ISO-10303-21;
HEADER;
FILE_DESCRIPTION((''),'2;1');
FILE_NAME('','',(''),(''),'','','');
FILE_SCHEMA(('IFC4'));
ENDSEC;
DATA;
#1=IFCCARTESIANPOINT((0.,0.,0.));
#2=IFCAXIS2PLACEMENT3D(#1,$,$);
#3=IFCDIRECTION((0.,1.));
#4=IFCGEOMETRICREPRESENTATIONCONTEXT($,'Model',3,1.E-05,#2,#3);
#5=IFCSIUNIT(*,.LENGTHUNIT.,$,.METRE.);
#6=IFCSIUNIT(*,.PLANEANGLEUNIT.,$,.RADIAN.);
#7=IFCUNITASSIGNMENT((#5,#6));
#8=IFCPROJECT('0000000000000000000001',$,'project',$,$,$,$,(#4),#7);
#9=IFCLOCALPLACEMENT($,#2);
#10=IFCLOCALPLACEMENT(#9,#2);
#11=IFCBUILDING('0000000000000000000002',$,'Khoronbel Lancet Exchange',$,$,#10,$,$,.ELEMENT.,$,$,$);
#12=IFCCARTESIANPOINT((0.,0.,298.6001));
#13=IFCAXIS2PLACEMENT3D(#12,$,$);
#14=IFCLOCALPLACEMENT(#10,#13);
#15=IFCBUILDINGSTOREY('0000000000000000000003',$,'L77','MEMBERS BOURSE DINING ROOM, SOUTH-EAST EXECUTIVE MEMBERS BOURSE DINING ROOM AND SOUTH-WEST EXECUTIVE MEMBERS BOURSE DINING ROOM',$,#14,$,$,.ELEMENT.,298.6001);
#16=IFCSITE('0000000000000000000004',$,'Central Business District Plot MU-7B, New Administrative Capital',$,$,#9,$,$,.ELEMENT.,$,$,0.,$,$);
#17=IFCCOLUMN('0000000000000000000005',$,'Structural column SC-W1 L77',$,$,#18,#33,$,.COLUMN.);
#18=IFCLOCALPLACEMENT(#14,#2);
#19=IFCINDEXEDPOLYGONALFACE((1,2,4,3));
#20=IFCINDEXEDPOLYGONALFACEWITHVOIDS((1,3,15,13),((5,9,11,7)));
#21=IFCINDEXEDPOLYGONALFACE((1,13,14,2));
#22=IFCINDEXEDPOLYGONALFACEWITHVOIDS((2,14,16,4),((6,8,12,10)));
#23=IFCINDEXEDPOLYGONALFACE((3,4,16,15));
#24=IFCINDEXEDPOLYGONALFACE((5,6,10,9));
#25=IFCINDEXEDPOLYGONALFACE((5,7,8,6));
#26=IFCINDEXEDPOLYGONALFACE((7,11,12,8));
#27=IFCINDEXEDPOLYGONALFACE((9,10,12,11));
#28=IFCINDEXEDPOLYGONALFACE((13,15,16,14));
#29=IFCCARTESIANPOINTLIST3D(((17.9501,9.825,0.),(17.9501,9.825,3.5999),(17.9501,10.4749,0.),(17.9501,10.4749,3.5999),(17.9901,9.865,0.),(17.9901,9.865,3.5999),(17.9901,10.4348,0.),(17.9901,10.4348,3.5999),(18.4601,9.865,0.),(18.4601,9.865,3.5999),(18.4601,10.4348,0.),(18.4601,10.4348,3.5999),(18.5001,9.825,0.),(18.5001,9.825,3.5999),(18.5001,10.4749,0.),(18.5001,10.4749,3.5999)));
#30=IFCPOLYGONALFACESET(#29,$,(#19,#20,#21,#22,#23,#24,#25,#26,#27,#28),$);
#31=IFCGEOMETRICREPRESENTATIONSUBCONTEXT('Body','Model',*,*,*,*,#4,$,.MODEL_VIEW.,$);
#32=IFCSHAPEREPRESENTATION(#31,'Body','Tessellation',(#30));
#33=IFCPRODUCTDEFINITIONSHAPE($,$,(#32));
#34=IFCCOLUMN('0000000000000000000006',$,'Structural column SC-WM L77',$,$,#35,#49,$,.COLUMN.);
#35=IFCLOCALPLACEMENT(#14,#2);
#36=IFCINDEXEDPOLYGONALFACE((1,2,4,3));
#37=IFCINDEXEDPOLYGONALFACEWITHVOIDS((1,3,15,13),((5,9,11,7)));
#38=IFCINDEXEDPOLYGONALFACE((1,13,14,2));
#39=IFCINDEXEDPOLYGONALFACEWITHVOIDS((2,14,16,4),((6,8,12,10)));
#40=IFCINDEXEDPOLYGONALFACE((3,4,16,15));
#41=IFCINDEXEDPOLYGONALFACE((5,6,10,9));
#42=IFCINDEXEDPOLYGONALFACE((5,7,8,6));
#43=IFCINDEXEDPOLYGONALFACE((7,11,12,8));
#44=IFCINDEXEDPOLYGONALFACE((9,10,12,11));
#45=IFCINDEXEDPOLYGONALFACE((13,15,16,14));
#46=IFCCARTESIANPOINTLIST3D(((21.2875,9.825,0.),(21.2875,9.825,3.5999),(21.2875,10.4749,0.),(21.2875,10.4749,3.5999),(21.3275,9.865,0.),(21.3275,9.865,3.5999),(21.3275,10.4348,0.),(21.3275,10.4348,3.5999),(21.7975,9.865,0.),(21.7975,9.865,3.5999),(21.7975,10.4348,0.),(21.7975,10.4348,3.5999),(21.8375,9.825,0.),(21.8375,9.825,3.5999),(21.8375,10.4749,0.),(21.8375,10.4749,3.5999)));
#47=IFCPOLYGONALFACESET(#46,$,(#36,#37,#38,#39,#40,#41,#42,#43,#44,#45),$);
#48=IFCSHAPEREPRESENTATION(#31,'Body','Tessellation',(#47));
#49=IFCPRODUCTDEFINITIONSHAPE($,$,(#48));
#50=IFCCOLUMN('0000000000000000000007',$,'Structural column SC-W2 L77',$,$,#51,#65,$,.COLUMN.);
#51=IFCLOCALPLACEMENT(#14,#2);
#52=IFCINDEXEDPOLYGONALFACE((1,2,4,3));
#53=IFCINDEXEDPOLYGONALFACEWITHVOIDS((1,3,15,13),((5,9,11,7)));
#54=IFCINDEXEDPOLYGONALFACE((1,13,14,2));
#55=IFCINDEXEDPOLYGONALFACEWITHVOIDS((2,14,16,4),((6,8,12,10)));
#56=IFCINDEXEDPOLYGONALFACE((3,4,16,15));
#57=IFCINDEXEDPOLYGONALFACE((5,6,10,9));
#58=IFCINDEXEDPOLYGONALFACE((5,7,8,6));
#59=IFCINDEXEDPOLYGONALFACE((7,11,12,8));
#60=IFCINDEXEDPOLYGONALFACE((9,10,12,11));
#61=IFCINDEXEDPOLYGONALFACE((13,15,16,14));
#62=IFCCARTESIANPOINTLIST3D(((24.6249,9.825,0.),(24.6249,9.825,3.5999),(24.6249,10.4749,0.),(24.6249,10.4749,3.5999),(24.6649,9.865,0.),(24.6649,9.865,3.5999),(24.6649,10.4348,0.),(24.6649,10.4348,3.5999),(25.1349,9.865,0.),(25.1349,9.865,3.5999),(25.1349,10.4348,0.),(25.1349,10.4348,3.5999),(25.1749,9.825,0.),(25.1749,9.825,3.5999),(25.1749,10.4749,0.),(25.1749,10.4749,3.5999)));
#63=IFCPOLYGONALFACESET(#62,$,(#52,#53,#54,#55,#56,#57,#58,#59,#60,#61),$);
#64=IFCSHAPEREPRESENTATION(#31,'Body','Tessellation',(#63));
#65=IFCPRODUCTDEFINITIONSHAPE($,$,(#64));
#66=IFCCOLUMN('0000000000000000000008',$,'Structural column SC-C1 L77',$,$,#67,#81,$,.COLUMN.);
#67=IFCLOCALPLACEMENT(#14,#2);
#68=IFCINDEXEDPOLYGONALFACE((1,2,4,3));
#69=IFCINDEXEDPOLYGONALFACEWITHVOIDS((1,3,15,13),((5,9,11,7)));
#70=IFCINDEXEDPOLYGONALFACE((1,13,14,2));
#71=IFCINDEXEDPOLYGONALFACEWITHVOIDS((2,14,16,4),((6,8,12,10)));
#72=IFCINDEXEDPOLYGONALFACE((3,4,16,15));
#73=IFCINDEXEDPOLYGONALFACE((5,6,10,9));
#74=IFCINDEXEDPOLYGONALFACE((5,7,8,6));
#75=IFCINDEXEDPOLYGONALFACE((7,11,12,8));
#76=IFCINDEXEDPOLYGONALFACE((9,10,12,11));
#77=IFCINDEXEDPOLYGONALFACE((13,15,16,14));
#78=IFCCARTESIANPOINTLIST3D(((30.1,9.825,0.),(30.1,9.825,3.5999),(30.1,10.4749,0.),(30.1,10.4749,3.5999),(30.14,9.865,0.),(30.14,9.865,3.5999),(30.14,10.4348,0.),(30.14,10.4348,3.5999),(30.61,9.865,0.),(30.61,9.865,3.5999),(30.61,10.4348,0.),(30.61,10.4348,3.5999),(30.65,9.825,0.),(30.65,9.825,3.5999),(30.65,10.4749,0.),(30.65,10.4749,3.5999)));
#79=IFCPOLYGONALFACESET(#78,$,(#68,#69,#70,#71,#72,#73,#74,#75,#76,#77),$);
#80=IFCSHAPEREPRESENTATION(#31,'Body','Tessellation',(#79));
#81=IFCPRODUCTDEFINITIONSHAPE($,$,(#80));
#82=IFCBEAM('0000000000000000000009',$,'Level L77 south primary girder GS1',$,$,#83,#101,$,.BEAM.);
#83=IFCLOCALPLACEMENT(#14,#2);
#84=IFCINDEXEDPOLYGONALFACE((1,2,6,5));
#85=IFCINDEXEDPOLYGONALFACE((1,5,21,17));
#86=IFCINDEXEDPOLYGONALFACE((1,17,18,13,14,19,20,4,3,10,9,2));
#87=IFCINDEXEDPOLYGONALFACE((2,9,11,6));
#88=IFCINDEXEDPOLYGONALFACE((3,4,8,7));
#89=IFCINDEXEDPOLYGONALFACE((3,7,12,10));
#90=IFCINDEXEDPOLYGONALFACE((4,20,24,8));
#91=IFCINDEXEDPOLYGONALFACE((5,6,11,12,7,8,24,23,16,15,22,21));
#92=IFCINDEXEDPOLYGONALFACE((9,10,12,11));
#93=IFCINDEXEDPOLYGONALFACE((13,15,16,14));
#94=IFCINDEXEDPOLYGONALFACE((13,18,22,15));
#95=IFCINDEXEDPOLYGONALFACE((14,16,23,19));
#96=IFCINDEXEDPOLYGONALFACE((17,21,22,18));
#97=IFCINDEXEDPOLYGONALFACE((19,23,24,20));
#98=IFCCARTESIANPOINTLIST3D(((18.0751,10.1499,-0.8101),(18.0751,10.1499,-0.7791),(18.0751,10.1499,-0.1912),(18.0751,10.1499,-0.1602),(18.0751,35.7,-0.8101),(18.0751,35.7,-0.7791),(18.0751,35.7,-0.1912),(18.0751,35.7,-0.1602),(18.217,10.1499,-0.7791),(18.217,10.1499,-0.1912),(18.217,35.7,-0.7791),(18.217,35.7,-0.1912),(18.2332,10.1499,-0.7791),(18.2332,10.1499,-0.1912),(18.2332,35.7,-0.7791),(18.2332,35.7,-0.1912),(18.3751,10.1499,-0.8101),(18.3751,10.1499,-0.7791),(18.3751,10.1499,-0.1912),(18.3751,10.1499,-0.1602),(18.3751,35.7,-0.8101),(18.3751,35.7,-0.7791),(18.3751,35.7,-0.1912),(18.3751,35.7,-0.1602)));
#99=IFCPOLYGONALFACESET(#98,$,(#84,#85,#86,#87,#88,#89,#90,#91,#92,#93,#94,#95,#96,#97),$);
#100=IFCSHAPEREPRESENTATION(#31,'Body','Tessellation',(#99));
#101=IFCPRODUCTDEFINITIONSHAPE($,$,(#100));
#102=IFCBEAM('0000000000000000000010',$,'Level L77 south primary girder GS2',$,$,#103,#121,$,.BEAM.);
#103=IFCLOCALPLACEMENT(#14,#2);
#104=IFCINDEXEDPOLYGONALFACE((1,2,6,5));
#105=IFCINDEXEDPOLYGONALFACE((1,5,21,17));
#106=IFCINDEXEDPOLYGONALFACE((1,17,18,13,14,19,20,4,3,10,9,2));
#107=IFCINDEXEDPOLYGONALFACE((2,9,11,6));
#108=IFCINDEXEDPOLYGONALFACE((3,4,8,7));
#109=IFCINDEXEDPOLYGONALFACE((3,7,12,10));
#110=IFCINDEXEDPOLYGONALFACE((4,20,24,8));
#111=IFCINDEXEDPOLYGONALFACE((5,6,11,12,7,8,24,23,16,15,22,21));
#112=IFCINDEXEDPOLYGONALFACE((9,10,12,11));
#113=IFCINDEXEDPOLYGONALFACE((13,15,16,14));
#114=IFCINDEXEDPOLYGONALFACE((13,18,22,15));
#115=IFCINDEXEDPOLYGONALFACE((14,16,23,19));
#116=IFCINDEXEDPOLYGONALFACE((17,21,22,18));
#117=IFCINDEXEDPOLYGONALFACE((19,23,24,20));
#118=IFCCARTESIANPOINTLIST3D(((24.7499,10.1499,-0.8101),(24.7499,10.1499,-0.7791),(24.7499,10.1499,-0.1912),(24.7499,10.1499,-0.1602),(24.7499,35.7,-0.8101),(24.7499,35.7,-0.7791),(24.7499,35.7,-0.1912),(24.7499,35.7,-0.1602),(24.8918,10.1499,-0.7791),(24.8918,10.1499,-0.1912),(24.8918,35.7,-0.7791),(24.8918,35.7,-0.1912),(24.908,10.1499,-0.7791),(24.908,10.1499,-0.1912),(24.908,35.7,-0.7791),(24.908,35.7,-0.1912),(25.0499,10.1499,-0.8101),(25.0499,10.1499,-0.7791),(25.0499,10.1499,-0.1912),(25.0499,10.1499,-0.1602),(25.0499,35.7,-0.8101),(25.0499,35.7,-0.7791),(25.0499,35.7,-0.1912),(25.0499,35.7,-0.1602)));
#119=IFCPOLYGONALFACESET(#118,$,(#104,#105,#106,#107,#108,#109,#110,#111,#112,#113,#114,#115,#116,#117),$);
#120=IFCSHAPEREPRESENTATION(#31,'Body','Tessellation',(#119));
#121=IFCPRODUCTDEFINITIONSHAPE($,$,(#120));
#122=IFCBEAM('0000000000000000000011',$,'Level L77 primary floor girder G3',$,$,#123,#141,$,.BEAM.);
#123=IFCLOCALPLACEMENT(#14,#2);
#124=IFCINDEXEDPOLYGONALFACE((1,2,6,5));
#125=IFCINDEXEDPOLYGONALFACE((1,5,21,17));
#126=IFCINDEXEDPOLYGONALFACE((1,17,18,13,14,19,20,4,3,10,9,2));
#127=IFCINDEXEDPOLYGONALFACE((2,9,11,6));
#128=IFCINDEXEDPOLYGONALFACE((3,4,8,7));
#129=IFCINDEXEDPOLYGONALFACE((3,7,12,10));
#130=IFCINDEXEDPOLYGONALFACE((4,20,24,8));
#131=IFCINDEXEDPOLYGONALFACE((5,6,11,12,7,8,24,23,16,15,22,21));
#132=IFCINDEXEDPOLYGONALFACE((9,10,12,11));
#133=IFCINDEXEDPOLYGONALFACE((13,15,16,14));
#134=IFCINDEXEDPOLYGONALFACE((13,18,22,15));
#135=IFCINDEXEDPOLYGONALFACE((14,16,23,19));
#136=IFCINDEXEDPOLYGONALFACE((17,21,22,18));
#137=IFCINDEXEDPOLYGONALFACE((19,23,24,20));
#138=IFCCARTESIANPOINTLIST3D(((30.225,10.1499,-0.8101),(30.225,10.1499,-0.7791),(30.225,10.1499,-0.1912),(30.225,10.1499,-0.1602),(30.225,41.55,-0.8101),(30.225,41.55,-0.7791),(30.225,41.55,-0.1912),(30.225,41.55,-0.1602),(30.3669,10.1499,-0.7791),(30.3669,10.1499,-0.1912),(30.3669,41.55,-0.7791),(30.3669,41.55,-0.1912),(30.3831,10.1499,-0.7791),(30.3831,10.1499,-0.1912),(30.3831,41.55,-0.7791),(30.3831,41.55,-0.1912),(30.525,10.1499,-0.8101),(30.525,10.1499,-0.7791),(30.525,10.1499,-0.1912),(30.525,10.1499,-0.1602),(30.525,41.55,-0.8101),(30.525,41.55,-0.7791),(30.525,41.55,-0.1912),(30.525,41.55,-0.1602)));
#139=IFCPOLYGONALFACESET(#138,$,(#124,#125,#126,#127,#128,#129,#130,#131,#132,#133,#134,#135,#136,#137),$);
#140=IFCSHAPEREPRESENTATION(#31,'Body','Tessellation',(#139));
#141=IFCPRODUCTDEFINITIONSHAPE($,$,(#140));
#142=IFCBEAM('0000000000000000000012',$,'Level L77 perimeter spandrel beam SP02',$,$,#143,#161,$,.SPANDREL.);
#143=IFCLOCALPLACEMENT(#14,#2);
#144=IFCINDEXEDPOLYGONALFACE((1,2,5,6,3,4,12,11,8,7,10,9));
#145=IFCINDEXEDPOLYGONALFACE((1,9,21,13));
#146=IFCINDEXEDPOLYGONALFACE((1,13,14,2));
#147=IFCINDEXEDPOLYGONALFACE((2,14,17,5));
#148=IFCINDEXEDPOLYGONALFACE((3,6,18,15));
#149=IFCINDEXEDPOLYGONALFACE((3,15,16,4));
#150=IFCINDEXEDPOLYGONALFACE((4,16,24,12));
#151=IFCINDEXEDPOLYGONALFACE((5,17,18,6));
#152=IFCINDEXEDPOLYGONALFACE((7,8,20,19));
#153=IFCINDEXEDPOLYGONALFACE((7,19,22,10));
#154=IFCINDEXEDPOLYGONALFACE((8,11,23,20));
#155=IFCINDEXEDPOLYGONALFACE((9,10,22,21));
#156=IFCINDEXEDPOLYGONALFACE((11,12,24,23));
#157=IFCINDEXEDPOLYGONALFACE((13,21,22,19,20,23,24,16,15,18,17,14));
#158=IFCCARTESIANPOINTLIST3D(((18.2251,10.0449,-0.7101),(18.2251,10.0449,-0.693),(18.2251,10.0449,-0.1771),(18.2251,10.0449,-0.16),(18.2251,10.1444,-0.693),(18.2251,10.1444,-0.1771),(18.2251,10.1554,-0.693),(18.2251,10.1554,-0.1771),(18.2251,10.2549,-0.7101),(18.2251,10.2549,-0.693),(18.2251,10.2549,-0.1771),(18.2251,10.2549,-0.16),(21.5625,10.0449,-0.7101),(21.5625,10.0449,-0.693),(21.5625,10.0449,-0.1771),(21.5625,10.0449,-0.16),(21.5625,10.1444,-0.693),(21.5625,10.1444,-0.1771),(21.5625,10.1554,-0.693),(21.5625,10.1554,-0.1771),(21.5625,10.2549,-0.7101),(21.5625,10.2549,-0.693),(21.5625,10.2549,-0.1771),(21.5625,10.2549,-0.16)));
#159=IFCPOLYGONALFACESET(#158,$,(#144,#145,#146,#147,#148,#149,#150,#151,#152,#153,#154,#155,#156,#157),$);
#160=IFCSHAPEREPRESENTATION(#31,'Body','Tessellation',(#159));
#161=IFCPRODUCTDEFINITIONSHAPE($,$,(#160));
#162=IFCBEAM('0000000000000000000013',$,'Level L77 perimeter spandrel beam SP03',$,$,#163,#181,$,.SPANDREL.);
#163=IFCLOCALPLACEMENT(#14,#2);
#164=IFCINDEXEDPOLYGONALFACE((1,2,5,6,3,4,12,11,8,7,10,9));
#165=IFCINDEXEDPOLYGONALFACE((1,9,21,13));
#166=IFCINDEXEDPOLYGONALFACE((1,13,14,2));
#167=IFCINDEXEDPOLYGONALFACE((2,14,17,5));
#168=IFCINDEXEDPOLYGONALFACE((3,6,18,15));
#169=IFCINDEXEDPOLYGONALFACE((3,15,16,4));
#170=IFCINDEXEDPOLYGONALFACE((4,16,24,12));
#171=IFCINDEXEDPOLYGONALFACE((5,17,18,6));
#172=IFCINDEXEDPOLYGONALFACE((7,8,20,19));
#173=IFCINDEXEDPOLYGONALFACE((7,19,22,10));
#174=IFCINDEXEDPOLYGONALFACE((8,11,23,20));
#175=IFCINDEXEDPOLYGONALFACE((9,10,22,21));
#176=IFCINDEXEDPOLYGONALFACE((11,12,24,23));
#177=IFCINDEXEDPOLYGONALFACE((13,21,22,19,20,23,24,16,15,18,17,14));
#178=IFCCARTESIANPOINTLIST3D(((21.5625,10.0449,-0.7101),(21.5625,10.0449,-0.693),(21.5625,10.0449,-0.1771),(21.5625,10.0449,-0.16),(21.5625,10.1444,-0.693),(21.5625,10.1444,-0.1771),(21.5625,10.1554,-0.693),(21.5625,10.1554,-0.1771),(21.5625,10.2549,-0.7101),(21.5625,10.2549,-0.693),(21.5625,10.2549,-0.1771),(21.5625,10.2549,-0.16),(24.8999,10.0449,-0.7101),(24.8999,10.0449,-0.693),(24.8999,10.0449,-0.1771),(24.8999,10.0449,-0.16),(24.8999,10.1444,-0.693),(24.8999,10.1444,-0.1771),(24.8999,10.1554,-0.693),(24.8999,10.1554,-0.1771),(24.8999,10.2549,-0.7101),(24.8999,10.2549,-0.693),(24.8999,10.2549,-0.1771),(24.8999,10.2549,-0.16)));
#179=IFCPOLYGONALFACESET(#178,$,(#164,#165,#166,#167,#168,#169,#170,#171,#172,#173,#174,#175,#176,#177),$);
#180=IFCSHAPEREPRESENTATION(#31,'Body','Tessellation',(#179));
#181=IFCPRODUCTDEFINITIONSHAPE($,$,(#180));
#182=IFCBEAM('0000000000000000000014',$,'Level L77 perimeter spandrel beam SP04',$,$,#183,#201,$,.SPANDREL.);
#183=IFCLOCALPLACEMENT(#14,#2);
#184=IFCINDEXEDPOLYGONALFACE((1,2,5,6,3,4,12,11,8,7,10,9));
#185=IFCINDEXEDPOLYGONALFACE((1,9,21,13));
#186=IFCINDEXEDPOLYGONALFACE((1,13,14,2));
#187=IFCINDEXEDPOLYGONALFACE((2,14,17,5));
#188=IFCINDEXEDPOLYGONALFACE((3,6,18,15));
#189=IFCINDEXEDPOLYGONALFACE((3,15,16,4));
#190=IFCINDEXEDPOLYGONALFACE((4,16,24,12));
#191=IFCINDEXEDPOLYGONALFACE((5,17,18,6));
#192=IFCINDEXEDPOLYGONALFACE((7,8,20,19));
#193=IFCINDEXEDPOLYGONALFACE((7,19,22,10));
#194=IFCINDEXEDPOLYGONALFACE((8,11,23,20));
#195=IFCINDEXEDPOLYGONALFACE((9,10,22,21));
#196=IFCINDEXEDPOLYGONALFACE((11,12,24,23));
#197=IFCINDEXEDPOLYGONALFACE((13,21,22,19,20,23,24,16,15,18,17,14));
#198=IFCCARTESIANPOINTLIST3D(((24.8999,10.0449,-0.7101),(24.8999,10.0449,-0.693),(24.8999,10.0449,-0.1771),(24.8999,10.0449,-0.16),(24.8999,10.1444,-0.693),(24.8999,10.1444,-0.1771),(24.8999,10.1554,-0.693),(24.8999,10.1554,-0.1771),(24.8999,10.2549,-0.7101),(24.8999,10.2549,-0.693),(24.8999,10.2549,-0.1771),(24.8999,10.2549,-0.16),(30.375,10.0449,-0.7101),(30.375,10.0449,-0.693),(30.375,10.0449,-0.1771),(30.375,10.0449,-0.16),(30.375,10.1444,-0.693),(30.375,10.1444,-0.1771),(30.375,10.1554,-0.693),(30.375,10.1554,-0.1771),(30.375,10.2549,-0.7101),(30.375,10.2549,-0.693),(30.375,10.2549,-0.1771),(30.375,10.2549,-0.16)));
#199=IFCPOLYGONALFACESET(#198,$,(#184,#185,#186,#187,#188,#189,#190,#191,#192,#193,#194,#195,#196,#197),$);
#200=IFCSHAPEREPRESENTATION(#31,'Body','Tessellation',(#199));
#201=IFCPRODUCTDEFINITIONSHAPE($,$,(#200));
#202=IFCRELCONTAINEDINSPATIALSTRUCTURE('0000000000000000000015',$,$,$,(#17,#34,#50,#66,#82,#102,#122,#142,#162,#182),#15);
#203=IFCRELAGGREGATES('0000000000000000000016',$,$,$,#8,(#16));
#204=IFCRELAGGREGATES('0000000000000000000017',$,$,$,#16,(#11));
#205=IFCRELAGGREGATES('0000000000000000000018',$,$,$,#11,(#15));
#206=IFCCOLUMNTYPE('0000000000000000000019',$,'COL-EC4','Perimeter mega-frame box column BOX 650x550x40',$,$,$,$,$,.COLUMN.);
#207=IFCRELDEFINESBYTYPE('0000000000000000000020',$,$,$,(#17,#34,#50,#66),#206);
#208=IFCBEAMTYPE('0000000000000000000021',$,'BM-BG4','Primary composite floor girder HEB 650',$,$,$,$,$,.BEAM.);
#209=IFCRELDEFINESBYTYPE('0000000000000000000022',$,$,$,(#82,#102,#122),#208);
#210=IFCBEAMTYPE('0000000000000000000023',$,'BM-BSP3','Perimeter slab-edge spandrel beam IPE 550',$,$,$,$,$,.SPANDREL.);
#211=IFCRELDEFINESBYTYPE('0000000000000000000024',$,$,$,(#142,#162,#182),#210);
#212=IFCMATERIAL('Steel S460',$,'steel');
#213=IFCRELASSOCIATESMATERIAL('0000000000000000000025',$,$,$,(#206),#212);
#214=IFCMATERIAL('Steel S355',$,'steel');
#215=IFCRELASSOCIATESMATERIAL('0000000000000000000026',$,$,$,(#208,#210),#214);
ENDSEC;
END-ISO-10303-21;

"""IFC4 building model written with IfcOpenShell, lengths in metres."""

from ifc_helpers import new_model, si_unit, direction, frame, origin, origin_2d, place, context, subcontext, project, spatial, hollow_rectangle, i_section, extrude, material, material_profile, profile_set, type_object, element, save


model = new_model("IFC4")

# Units and contexts
model_context = context("Model", 3, precision=1e-05, world=origin(), true_north=direction((0.0, 1.0)))
body_context = subcontext(model_context, "Body", "Model", "MODEL_VIEW")
ifc_project = project(units=[si_unit("LENGTHUNIT", "METRE"), si_unit("PLANEANGLEUNIT", "RADIAN")], contexts=[model_context])

# Site, building, storey
site_placement = place(None, origin())
site = spatial("IfcSite", under=ifc_project, at=site_placement, Name="Central Business District Plot MU-7B, New Administrative Capital", CompositionType="ELEMENT", RefElevation=0.0)
building_placement = place(site_placement, origin())
building = spatial("IfcBuilding", under=site, at=building_placement, Name="Khoronbel Lancet Exchange", CompositionType="ELEMENT")
storey_placement = place(building_placement, frame((0.0, 0.0, 298.6001)))
storey = spatial("IfcBuildingStorey", under=building, at=storey_placement, Name="L77", Description="MEMBERS BOURSE DINING ROOM, SOUTH-EAST EXECUTIVE MEMBERS BOURSE DINING ROOM AND SOUTH-WEST EXECUTIVE MEMBERS BOURSE DINING ROOM", CompositionType="ELEMENT", Elevation=298.6001)

# Columns
ifc_material_1 = material(Name="Steel S460", Category="steel")
ifc_material_profile_1 = material_profile(ifc_material_1, hollow_rectangle(XDim=0.55, YDim=0.6499, WallThickness=0.04, at=origin_2d()), Name="BOX 650x550x40")
ifc_profile_set_1 = profile_set([ifc_material_profile_1], Name="Steel S460")
column_type = type_object("IfcColumnType", Name="COL-EC4", Description="Perimeter mega-frame box column BOX 650x550x40", PredefinedType="COLUMN", material=ifc_profile_set_1)
for number, where, z_axis, x_axis, name in (
    (1, (18.2251, 10.1499, 0.0), (0.0, 0.0, 1.0), (1.0, 0.0, 0.0), "Structural column SC-W1 L77"),
    (2, (21.5625, 10.1499, 0.0), (0.0, 0.0, 1.0), (1.0, 0.0, 0.0), "Structural column SC-WM L77"),
    (3, (24.8999, 10.1499, 0.0), (0.0, 0.0, 1.0), (1.0, 0.0, 0.0), "Structural column SC-W2 L77"),
    (4, (30.375, 10.1499, 0.0), (0.0, 0.0, 1.0), (1.0, 0.0, 0.0), "Structural column SC-C1 L77"),
):
    element("IfcColumn", number, at=place(storey_placement, frame(where, z_axis=z_axis, x_axis=x_axis)), inside=storey, type_object=column_type, Name=name, PredefinedType="COLUMN", context=body_context, shape_type="SweptSolid", body=[
        extrude(hollow_rectangle(XDim=0.55, YDim=0.6499, WallThickness=0.04, at=origin_2d()), origin(), (0.0, 0.0, 1.0), 3.5999),
    ])

# Beams
ifc_material_2 = material(Name="Steel S355", Category="steel")
ifc_material_profile_2 = material_profile(ifc_material_2, i_section(OverallWidth=0.3, OverallDepth=0.6499, WebThickness=0.0161, FlangeThickness=0.031, at=origin_2d()), Name="HEB 650")
ifc_profile_set_2 = profile_set([ifc_material_profile_2], Name="Steel S355")
beam_type_1 = type_object("IfcBeamType", Name="BM-BG4", Description="Primary composite floor girder HEB 650", PredefinedType="BEAM", material=ifc_profile_set_2)
for number, where, z_axis, x_axis, name in (
    (5, (18.2251, 10.1499, -0.4851), (0.0, 1.0, 0.0), (-1.0, 0.0, 0.0), "Level L77 south primary girder GS1"),
    (6, (24.8999, 10.1499, -0.4851), (0.0, 1.0, 0.0), (-1.0, 0.0, 0.0), "Level L77 south primary girder GS2"),
):
    element("IfcBeam", number, at=place(storey_placement, frame(where, z_axis=z_axis, x_axis=x_axis)), inside=storey, type_object=beam_type_1, Name=name, PredefinedType="BEAM", context=body_context, shape_type="SweptSolid", body=[
        extrude(i_section(OverallWidth=0.3, OverallDepth=0.6499, WebThickness=0.0161, FlangeThickness=0.031, at=origin_2d()), origin(), (0.0, 0.0, 1.0), 25.55),
    ])
beam_1_placement = place(storey_placement, frame((30.375, 10.1499, -0.4851), z_axis=(0.0, 1.0, 0.0), x_axis=(-1.0, 0.0, 0.0)))
element("IfcBeam", 7, at=beam_1_placement, inside=storey, type_object=beam_type_1, Name="Level L77 primary floor girder G3", PredefinedType="BEAM", context=body_context, shape_type="SweptSolid", body=[
    extrude(i_section(OverallWidth=0.3, OverallDepth=0.6499, WebThickness=0.0161, FlangeThickness=0.031, at=origin_2d()), origin(), (0.0, 0.0, 1.0), 31.4001),
])
ifc_material_profile_3 = material_profile(ifc_material_2, i_section(OverallWidth=0.21, OverallDepth=0.55, WebThickness=0.011, FlangeThickness=0.0171, at=origin_2d()), Name="IPE 550")
ifc_profile_set_3 = profile_set([ifc_material_profile_3], Name="Steel S355")
beam_type_2 = type_object("IfcBeamType", Name="BM-BSP3", Description="Perimeter slab-edge spandrel beam IPE 550", PredefinedType="SPANDREL", material=ifc_profile_set_3)
for number, where, z_axis, x_axis, name in (
    (8, (18.2251, 10.1499, -0.4351), (1.0, 0.0, 0.0), (0.0, 1.0, 0.0), "Level L77 perimeter spandrel beam SP02"),
    (9, (21.5625, 10.1499, -0.4351), (1.0, 0.0, 0.0), (0.0, 1.0, 0.0), "Level L77 perimeter spandrel beam SP03"),
):
    element("IfcBeam", number, at=place(storey_placement, frame(where, z_axis=z_axis, x_axis=x_axis)), inside=storey, type_object=beam_type_2, Name=name, PredefinedType="SPANDREL", context=body_context, shape_type="SweptSolid", body=[
        extrude(i_section(OverallWidth=0.21, OverallDepth=0.55, WebThickness=0.011, FlangeThickness=0.0171, at=origin_2d()), origin(), (0.0, 0.0, 1.0), 3.3374),
    ])
beam_2_placement = place(storey_placement, frame((24.8999, 10.1499, -0.4351), z_axis=(1.0, 0.0, 0.0), x_axis=(0.0, 1.0, 0.0)))
element("IfcBeam", 10, at=beam_2_placement, inside=storey, type_object=beam_type_2, Name="Level L77 perimeter spandrel beam SP04", PredefinedType="SPANDREL", context=body_context, shape_type="SweptSolid", body=[
    extrude(i_section(OverallWidth=0.21, OverallDepth=0.55, WebThickness=0.011, FlangeThickness=0.0171, at=origin_2d()), origin(), (0.0, 0.0, 1.0), 5.4751),
])

save(model, "model.ifc")
